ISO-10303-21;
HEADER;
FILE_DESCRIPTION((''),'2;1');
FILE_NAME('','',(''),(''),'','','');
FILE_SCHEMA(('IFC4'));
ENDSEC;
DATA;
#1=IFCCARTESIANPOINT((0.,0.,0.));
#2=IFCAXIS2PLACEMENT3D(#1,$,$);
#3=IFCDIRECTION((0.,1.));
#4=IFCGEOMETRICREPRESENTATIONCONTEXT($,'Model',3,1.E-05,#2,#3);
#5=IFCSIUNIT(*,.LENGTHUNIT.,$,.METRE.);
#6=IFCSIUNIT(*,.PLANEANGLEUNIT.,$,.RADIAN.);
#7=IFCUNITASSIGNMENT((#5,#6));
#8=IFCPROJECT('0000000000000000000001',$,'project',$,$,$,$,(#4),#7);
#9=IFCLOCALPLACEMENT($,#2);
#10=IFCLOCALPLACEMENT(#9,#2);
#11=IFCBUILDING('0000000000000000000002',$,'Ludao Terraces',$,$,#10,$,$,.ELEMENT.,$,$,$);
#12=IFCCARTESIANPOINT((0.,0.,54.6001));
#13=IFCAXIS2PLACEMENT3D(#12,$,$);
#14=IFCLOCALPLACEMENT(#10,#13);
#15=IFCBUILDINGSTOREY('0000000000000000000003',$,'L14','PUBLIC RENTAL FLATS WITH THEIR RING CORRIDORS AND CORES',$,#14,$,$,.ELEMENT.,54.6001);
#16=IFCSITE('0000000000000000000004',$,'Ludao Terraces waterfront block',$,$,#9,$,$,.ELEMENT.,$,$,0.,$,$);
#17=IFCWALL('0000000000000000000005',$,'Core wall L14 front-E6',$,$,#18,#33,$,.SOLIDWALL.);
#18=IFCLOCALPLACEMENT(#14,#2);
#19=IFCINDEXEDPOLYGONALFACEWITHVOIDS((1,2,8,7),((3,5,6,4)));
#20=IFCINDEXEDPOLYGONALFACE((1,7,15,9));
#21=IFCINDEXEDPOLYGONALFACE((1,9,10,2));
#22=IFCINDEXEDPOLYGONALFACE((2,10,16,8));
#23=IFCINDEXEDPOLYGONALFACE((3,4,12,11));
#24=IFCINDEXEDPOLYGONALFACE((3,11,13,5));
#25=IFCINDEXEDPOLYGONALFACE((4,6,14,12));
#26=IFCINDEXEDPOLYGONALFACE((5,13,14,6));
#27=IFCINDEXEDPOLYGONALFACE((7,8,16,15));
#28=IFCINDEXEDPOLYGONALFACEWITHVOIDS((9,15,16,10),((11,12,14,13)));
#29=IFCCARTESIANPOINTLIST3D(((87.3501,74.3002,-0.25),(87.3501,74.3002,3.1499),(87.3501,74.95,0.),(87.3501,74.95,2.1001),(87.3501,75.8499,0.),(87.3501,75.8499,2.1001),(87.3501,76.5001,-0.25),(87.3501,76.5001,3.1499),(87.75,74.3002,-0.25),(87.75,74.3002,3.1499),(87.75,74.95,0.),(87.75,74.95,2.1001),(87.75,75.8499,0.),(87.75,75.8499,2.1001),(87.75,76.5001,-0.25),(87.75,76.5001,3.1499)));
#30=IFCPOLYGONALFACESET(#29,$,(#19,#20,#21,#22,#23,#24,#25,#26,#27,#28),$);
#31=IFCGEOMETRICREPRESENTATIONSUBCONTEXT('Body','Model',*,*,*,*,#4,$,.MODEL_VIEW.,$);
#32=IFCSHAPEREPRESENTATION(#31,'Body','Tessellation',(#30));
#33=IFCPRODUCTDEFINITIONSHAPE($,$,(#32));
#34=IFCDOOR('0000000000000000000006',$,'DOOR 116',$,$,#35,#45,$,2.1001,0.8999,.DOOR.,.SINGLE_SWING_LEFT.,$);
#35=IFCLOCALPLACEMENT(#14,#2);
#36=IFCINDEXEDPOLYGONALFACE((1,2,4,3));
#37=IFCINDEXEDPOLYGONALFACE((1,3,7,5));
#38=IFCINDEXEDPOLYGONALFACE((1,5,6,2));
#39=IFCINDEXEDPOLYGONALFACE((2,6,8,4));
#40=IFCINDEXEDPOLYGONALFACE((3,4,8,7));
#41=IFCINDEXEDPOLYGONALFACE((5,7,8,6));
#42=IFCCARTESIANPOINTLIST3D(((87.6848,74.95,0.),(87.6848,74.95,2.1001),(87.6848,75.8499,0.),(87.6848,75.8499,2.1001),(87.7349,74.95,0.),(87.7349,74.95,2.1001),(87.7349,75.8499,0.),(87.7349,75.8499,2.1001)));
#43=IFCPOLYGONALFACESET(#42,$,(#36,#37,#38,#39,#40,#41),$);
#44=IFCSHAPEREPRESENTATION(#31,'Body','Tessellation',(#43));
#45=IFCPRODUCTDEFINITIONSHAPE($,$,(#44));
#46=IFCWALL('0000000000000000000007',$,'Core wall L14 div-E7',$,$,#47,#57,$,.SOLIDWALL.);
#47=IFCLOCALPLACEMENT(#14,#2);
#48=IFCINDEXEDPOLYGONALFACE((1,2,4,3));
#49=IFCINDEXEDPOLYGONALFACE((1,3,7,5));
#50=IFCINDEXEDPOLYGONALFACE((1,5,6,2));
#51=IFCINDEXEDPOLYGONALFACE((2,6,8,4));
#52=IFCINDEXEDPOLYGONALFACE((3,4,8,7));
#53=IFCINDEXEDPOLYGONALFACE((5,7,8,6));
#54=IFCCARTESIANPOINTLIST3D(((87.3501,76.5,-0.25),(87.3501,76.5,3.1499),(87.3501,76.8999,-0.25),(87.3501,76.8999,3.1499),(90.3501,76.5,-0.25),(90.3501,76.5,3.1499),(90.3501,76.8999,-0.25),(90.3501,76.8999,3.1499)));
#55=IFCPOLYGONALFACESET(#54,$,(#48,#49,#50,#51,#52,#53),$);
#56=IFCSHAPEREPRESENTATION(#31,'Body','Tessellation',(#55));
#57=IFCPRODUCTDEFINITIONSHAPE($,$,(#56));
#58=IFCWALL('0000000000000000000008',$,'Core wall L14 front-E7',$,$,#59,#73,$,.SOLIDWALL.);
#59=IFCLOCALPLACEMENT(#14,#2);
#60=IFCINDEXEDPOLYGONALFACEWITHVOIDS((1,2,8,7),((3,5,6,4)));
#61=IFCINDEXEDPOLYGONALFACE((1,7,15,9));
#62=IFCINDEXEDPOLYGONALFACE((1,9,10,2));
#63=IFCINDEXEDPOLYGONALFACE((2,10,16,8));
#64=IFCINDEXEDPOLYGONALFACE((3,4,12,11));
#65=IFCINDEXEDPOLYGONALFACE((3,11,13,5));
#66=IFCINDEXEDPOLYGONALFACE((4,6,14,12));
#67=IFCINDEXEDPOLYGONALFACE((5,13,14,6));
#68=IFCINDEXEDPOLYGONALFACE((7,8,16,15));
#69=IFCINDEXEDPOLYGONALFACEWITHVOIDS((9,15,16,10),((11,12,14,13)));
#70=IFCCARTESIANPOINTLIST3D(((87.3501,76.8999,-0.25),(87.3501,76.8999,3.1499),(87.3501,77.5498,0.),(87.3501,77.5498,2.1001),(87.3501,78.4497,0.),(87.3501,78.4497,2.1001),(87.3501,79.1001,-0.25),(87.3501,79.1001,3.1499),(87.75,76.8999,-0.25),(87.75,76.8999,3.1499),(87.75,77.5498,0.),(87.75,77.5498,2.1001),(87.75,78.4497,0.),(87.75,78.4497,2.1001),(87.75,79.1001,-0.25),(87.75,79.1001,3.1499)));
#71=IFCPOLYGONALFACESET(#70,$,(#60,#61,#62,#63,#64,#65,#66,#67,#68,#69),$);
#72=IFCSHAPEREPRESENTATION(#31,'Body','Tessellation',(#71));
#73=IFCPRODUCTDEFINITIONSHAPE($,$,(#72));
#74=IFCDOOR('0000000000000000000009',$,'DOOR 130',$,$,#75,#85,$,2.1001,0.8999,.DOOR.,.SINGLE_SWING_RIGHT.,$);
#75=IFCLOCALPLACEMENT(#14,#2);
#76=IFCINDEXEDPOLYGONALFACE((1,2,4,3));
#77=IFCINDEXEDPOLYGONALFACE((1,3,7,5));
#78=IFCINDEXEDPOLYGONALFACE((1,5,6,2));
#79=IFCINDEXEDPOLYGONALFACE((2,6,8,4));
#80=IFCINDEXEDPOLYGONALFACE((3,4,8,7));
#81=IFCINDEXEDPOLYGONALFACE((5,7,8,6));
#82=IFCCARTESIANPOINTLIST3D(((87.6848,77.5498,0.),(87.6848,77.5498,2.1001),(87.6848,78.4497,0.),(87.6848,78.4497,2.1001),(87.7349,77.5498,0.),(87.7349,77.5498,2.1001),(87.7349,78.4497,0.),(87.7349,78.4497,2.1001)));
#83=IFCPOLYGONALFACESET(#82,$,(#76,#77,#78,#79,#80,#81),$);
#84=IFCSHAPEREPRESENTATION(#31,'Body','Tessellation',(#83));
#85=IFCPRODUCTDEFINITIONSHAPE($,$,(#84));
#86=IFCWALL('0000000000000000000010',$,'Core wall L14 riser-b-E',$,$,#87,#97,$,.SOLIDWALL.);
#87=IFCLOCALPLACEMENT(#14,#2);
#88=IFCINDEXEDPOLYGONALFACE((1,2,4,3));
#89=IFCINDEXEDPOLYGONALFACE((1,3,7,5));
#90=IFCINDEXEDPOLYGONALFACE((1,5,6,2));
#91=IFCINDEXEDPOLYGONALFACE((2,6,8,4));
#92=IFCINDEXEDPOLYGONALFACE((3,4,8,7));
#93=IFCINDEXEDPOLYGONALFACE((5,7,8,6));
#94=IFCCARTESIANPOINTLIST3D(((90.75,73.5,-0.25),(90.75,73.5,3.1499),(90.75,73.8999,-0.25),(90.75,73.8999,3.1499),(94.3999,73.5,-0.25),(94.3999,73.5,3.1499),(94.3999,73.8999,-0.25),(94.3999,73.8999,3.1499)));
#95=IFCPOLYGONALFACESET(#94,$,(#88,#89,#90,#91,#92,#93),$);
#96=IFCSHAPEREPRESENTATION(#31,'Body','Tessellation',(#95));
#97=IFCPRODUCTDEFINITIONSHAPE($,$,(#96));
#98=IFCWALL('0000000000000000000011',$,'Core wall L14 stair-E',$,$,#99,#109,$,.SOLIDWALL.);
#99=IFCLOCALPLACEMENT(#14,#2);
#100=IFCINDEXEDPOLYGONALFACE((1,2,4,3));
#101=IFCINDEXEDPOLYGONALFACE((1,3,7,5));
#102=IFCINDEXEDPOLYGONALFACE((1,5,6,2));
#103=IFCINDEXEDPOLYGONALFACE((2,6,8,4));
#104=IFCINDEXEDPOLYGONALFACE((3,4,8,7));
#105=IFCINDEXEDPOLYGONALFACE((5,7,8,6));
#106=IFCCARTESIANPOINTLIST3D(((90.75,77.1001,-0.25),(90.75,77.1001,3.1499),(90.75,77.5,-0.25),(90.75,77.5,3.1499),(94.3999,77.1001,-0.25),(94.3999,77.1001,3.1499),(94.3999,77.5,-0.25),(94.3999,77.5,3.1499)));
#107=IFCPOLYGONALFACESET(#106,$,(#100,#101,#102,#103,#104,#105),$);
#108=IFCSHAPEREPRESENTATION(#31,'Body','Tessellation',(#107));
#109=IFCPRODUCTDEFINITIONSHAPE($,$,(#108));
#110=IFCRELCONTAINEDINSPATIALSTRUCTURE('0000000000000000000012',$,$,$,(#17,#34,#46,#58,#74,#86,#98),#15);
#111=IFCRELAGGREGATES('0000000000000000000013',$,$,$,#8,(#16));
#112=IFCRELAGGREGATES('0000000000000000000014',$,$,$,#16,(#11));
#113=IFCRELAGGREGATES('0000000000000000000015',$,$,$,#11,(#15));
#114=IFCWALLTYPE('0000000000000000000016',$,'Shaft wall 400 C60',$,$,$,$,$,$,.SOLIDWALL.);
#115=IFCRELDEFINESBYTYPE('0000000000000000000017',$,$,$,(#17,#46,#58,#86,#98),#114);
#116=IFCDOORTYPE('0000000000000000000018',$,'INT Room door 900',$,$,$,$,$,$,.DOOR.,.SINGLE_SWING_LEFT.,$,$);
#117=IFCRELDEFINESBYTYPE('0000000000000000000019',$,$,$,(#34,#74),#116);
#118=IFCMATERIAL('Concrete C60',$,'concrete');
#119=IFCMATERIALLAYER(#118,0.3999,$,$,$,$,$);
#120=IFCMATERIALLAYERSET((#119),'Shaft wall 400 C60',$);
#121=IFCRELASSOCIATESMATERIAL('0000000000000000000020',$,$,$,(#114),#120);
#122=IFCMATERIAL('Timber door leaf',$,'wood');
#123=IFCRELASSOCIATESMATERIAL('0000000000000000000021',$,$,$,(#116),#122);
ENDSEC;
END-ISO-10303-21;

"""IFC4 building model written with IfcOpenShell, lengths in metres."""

from ifc_helpers import new_model, si_unit, direction, frame, frame_2d, origin, place, context, subcontext, project, spatial, rectangle, extrude, material, layer, layer_set, type_object, element, fill, save


model = new_model("IFC4")

# Units and contexts
model_context = context("Model", 3, precision=1e-05, world=origin(), true_north=direction((0.0, 1.0)))
body_context = subcontext(model_context, "Body", "Model", "MODEL_VIEW")
ifc_project = project(units=[si_unit("LENGTHUNIT", "METRE"), si_unit("PLANEANGLEUNIT", "RADIAN")], contexts=[model_context])

# Site, building, storey
site_placement = place(None, origin())
site = spatial("IfcSite", under=ifc_project, at=site_placement, Name="Ludao Terraces waterfront block", CompositionType="ELEMENT", RefElevation=0.0)
building_placement = place(site_placement, origin())
building = spatial("IfcBuilding", under=site, at=building_placement, Name="Ludao Terraces", CompositionType="ELEMENT")
storey_placement = place(building_placement, frame((0.0, 0.0, 54.6001)))
storey = spatial("IfcBuildingStorey", under=building, at=storey_placement, Name="L14", Description="PUBLIC RENTAL FLATS WITH THEIR RING CORRIDORS AND CORES", CompositionType="ELEMENT", Elevation=54.6001)

# Shared definitions
ifc_material_1 = material(Name="Concrete C60", Category="concrete")
ifc_layer_1 = layer(ifc_material_1, 0.3999)
ifc_layer_set_1 = layer_set([ifc_layer_1], Name="Shaft wall 400 C60")
wall_type_1 = type_object("IfcWallType", Name="Shaft wall 400 C60", PredefinedType="SOLIDWALL", material=ifc_layer_set_1)

# Shared definitions
ifc_material_2 = material(Name="Timber door leaf", Category="wood")
door_type_1 = type_object("IfcDoorType", Name="INT Room door 900", OperationType="SINGLE_SWING_LEFT", PredefinedType="DOOR", material=ifc_material_2)

# Wall, opening, door
wall_1_placement = place(storey_placement, frame((87.55, 74.3, -0.25), z_axis=(0.0, 0.0, 1.0), x_axis=(0.0, 1.0, 0.0)))
wall_1 = element("IfcWall", 1, at=wall_1_placement, inside=storey, type_object=wall_type_1, Name="Core wall L14 front-E6", PredefinedType="SOLIDWALL", context=body_context, shape_type="SweptSolid", body=[
    extrude(rectangle(XDim=2.2, YDim=0.3999, at=frame_2d((1.1001, 0.0))), origin(), (0.0, 0.0, 1.0), 3.3999),
])
opening_1_placement = place(wall_1_placement, frame((0.6499, 0.0, 0.25)))
opening_1 = element("IfcOpeningElement", 2, at=opening_1_placement, cuts=wall_1, PredefinedType="OPENING", context=body_context, shape_type="SweptSolid", body=[
    extrude(rectangle(XDim=0.8999, YDim=2.1001, at=frame_2d((0.45, 1.05))), frame((0.0, 0.21, 0.0), z_axis=(0.0, -1.0, 0.0), x_axis=(1.0, 0.0, 0.0)), (0.0, 0.0, 1.0), 0.4199),
])
door_1_placement = place(opening_1_placement, origin())
door_1 = element("IfcDoor", 3, at=door_1_placement, inside=storey, type_object=door_type_1, Name="DOOR 116", OperationType="SINGLE_SWING_LEFT", OverallHeight=2.1001, OverallWidth=0.8999, PredefinedType="DOOR", context=body_context, shape_type="SweptSolid", body=[
    extrude(rectangle(XDim=0.8999, YDim=2.1001, at=frame_2d((0.45, 1.05))), frame((0.0, -0.1348, 0.0), z_axis=(0.0, -1.0, 0.0), x_axis=(1.0, 0.0, 0.0)), (0.0, 0.0, 1.0), 0.05),
])
fill(opening_1, door_1)

# Wall
wall_2_placement = place(storey_placement, frame((87.3501, 76.7, -0.25), z_axis=(0.0, 0.0, 1.0), x_axis=(1.0, 0.0, 0.0)))
element("IfcWall", 4, at=wall_2_placement, inside=storey, type_object=wall_type_1, Name="Core wall L14 div-E7", PredefinedType="SOLIDWALL", context=body_context, shape_type="SweptSolid", body=[
    extrude(rectangle(XDim=3.0, YDim=0.3999, at=frame_2d((1.5, 0.0))), origin(), (0.0, 0.0, 1.0), 3.3999),
])

# Wall, opening, door
wall_3_placement = place(storey_placement, frame((87.55, 76.8999, -0.25), z_axis=(0.0, 0.0, 1.0), x_axis=(0.0, 1.0, 0.0)))
wall_3 = element("IfcWall", 5, at=wall_3_placement, inside=storey, type_object=wall_type_1, Name="Core wall L14 front-E7", PredefinedType="SOLIDWALL", context=body_context, shape_type="SweptSolid", body=[
    extrude(rectangle(XDim=2.2002, YDim=0.3999, at=frame_2d((1.1001, 0.0))), origin(), (0.0, 0.0, 1.0), 3.3999),
])
opening_2_placement = place(wall_3_placement, frame((0.6499, 0.0, 0.25)))
opening_2 = element("IfcOpeningElement", 6, at=opening_2_placement, cuts=wall_3, PredefinedType="OPENING", context=body_context, shape_type="SweptSolid", body=[
    extrude(rectangle(XDim=0.8999, YDim=2.1001, at=frame_2d((0.45, 1.05))), frame((0.0, 0.21, 0.0), z_axis=(0.0, -1.0, 0.0), x_axis=(1.0, 0.0, 0.0)), (0.0, 0.0, 1.0), 0.4199),
])
door_2_placement = place(opening_2_placement, origin())
door_2 = element("IfcDoor", 7, at=door_2_placement, inside=storey, type_object=door_type_1, Name="DOOR 130", OperationType="SINGLE_SWING_RIGHT", OverallHeight=2.1001, OverallWidth=0.8999, PredefinedType="DOOR", context=body_context, shape_type="SweptSolid", body=[
    extrude(rectangle(XDim=0.8999, YDim=2.1001, at=frame_2d((0.45, 1.05))), frame((0.0, -0.1348, 0.0), z_axis=(0.0, -1.0, 0.0), x_axis=(1.0, 0.0, 0.0)), (0.0, 0.0, 1.0), 0.05),
])
fill(opening_2, door_2)

# Walls
for number, where, z_axis, x_axis, name in (
    (8, (90.75, 73.7, -0.25), (0.0, 0.0, 1.0), (1.0, 0.0, 0.0), "Core wall L14 riser-b-E"),
    (9, (90.75, 77.3, -0.25), (0.0, 0.0, 1.0), (1.0, 0.0, 0.0), "Core wall L14 stair-E"),
):
    element("IfcWall", number, at=place(storey_placement, frame(where, z_axis=z_axis, x_axis=x_axis)), inside=storey, type_object=wall_type_1, Name=name, PredefinedType="SOLIDWALL", context=body_context, shape_type="SweptSolid", body=[
        extrude(rectangle(XDim=3.6499, YDim=0.3999, at=frame_2d((1.825, 0.0))), origin(), (0.0, 0.0, 1.0), 3.3999),
    ])

save(model, "model.ifc")
